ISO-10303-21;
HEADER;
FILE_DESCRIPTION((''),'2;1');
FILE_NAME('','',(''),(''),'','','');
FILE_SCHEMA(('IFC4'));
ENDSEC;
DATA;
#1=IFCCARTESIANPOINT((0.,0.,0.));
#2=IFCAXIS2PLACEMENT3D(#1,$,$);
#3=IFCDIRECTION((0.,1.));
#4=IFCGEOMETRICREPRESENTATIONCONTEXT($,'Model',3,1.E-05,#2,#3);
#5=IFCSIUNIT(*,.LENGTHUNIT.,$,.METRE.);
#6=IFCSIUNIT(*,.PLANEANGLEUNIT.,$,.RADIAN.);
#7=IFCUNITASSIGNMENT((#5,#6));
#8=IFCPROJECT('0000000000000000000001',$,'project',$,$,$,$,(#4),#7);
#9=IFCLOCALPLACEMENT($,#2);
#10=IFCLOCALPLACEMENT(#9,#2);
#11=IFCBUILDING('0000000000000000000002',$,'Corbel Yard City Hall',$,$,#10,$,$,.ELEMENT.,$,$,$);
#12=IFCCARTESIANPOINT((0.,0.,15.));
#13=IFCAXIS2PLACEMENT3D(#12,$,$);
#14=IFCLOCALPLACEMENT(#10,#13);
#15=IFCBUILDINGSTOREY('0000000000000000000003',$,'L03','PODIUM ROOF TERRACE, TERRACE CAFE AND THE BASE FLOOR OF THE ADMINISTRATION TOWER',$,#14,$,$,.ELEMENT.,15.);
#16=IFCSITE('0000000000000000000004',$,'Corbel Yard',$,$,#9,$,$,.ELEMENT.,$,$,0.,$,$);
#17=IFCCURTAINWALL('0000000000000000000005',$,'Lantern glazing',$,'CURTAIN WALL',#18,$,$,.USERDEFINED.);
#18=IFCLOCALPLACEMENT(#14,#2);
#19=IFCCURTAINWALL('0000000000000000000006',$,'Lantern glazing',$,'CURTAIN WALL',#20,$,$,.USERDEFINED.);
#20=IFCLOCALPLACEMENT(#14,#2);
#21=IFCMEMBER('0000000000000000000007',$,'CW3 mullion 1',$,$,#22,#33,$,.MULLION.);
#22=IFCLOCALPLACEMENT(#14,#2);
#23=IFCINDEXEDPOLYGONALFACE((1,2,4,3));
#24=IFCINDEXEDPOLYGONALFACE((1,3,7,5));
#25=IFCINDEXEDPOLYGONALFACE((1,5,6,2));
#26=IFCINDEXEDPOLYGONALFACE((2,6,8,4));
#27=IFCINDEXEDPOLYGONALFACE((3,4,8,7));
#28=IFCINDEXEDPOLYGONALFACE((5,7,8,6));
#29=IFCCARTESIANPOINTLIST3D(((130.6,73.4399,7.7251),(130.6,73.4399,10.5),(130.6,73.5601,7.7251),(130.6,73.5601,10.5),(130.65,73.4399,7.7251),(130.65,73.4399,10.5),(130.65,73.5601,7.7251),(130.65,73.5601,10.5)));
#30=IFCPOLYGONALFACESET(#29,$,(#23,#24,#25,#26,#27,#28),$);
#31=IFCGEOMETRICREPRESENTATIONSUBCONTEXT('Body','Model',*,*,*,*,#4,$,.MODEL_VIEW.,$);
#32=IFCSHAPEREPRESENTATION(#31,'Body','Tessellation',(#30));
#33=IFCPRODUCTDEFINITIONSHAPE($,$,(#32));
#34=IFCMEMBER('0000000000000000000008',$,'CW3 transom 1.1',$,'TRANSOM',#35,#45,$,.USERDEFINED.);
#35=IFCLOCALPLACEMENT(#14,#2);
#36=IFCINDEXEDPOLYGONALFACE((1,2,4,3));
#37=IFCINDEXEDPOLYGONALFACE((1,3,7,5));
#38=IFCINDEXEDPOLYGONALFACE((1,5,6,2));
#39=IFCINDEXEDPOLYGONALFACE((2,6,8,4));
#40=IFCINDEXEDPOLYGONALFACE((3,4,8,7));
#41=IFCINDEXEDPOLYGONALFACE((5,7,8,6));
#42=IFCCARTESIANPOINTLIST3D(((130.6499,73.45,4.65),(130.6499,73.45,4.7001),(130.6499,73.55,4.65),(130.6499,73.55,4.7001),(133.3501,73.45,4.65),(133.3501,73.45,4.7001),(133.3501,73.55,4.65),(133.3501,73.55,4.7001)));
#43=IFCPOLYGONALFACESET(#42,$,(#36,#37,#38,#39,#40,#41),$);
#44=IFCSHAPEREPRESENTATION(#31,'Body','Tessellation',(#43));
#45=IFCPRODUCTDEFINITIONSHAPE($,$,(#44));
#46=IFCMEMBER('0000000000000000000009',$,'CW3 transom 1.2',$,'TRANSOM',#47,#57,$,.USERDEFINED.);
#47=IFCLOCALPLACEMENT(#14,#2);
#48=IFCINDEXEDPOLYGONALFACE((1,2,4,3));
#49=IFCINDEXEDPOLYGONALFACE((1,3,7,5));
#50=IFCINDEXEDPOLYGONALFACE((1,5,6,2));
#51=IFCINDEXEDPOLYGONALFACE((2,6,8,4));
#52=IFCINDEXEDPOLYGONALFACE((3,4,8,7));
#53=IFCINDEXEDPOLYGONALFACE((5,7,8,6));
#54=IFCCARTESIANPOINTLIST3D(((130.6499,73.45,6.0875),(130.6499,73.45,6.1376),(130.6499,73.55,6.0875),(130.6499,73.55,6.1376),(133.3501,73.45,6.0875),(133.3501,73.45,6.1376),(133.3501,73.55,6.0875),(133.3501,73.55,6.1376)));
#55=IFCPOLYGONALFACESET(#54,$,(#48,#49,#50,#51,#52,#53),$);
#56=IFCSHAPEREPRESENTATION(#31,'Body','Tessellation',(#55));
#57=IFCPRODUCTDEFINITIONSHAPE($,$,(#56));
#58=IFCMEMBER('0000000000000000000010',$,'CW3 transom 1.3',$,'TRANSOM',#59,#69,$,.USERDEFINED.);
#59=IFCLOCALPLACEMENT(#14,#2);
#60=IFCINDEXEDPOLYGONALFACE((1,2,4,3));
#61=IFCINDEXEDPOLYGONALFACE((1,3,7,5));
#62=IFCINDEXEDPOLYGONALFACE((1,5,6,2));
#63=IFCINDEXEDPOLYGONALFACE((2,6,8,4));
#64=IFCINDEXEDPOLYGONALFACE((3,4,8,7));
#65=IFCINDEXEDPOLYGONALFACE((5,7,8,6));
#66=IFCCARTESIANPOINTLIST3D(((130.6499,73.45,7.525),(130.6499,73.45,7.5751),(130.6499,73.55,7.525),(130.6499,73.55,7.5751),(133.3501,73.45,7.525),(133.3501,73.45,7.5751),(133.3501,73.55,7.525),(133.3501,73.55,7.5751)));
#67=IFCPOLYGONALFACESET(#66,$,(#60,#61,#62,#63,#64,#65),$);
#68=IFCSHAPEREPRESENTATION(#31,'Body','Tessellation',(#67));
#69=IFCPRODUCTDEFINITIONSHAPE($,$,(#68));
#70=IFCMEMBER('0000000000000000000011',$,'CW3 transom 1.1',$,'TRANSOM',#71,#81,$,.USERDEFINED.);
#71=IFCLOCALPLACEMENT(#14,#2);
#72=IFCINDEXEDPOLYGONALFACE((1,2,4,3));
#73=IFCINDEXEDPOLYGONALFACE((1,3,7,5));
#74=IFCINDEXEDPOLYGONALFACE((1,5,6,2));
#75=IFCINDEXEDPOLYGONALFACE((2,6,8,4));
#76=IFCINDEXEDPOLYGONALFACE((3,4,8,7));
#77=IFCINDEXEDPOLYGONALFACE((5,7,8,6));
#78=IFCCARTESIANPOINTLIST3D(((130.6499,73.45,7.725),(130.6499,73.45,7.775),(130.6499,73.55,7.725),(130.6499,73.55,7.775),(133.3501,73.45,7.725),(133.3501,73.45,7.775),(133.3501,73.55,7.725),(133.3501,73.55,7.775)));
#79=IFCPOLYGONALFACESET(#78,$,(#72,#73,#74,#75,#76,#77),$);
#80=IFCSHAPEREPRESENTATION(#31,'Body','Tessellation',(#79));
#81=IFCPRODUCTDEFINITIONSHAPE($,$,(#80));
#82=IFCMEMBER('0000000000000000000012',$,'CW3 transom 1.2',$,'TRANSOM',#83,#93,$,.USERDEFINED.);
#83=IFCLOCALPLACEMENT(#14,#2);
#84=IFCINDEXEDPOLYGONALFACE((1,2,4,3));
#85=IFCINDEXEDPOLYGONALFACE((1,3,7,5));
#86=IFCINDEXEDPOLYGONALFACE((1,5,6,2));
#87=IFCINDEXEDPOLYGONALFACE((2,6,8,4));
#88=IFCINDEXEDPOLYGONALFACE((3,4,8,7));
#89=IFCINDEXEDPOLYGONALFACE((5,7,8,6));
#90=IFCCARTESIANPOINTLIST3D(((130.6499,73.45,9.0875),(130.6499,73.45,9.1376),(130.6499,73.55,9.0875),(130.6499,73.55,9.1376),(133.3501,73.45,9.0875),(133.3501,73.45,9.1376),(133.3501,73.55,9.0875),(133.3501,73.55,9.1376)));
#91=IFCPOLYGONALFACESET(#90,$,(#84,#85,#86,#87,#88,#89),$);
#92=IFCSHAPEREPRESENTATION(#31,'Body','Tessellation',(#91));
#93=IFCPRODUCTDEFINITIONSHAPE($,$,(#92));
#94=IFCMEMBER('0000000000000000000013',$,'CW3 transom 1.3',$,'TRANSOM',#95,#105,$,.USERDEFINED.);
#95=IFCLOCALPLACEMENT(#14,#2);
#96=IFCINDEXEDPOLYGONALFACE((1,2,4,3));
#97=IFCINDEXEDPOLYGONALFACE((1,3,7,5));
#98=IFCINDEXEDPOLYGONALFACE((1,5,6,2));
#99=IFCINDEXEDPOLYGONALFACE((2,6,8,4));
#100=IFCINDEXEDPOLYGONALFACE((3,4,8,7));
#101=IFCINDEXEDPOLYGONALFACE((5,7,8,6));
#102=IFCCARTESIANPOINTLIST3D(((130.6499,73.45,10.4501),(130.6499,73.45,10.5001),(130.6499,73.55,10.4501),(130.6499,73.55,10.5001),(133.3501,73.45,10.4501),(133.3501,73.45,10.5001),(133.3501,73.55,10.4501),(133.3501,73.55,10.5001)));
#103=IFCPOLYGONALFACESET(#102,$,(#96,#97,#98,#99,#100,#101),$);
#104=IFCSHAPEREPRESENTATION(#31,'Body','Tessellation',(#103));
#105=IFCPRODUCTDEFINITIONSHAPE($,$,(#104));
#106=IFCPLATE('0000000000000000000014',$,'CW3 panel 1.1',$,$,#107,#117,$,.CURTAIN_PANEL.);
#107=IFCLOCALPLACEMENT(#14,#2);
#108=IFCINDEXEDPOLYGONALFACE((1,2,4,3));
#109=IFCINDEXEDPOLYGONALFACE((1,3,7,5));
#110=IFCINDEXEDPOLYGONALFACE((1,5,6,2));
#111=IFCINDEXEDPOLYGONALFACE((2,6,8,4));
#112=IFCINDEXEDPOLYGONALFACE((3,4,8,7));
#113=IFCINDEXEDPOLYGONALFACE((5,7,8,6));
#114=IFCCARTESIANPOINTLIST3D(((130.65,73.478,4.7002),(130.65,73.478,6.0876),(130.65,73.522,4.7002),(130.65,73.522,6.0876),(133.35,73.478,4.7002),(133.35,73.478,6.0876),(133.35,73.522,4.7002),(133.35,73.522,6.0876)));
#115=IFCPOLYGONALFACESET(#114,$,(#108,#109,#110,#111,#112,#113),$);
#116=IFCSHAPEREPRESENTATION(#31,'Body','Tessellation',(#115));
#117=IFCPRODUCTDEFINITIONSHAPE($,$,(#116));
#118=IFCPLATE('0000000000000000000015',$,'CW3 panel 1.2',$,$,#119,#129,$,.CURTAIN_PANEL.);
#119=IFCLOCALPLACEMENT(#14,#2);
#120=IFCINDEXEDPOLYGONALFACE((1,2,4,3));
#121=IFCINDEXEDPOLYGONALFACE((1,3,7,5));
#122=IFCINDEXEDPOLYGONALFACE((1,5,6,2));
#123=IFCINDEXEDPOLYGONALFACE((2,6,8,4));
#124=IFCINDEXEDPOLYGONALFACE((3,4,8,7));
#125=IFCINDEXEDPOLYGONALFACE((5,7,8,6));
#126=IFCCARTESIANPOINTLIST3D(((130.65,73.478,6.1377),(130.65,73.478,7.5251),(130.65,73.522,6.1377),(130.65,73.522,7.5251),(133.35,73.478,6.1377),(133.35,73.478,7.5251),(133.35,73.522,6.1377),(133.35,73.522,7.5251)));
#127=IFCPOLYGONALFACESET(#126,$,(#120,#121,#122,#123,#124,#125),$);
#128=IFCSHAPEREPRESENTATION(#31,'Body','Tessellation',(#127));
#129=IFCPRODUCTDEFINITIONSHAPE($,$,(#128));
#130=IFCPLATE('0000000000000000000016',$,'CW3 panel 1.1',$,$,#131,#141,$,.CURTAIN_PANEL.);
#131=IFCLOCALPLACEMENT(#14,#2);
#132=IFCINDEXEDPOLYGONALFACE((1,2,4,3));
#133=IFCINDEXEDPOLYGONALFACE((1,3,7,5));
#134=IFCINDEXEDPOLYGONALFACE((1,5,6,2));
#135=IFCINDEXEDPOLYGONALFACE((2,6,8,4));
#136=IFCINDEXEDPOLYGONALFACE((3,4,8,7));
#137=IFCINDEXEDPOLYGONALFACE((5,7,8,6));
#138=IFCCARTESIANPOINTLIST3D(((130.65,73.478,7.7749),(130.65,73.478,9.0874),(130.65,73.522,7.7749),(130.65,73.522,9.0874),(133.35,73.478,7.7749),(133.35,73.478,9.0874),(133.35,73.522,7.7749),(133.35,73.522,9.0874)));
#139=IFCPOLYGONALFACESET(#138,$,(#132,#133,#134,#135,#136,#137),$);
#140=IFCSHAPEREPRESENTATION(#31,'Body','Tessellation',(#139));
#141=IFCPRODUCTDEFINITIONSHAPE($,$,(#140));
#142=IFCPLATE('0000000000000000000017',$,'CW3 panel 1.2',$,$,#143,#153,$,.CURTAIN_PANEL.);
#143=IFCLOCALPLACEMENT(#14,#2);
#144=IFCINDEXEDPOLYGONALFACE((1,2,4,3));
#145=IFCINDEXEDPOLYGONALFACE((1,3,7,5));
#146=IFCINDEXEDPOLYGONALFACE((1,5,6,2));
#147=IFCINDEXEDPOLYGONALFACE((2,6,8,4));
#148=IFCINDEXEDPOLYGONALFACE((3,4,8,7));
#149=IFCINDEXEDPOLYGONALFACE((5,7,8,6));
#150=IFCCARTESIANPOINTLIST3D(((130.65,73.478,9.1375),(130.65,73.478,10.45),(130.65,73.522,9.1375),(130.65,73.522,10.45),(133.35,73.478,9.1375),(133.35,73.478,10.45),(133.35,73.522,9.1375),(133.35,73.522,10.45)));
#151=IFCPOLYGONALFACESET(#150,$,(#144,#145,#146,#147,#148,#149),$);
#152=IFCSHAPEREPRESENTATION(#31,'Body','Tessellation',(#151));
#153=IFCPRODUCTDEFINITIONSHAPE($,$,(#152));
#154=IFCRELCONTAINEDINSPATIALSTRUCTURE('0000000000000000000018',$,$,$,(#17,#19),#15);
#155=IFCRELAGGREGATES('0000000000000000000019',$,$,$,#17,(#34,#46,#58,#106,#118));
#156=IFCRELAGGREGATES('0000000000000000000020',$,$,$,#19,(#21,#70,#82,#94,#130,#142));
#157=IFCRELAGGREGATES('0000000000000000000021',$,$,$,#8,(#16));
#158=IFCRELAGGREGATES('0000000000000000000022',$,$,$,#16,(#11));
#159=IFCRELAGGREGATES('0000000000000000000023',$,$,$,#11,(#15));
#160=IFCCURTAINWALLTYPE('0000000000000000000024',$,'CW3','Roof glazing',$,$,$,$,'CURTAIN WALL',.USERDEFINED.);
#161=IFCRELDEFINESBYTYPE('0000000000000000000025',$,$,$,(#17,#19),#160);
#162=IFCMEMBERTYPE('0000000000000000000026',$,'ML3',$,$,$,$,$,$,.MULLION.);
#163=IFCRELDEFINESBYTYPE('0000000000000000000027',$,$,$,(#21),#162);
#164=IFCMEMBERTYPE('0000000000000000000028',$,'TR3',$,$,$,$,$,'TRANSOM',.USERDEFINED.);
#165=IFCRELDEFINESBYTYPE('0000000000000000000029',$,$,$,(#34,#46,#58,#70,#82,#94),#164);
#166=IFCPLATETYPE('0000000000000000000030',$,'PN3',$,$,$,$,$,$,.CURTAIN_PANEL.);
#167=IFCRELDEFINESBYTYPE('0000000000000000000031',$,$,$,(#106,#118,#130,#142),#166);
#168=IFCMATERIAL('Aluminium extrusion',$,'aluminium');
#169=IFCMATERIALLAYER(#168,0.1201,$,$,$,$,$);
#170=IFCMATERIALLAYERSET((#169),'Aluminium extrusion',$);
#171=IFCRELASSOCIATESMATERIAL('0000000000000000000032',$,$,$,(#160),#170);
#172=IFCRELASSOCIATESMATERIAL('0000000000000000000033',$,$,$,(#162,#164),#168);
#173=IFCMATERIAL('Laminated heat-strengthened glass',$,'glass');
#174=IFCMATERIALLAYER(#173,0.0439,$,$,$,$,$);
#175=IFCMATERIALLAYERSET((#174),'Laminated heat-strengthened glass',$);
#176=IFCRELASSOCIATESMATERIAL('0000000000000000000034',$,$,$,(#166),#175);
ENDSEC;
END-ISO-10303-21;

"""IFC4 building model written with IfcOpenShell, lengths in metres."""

from ifc_helpers import new_model, si_unit, direction, frame, origin, origin_2d, place, context, subcontext, project, spatial, rectangle, extrude, material, layer, layer_set, material_profile, profile_set, type_object, element, aggregate, save


model = new_model("IFC4")

# Units and contexts
model_context = context("Model", 3, precision=1e-05, world=origin(), true_north=direction((0.0, 1.0)))
body_context = subcontext(model_context, "Body", "Model", "MODEL_VIEW")
ifc_project = project(units=[si_unit("LENGTHUNIT", "METRE"), si_unit("PLANEANGLEUNIT", "RADIAN")], contexts=[model_context])

# Site, building, storey
site_placement = place(None, origin())
site = spatial("IfcSite", under=ifc_project, at=site_placement, Name="Corbel Yard", CompositionType="ELEMENT", RefElevation=0.0)
building_placement = place(site_placement, origin())
building = spatial("IfcBuilding", under=site, at=building_placement, Name="Corbel Yard City Hall", CompositionType="ELEMENT")
storey_placement = place(building_placement, frame((0.0, 0.0, 15.0)))
storey = spatial("IfcBuildingStorey", under=building, at=storey_placement, Name="L03", Description="PODIUM ROOF TERRACE, TERRACE CAFE AND THE BASE FLOOR OF THE ADMINISTRATION TOWER", CompositionType="ELEMENT", Elevation=15.0)

# Curtain walls, member
ifc_material_1 = material(Name="Aluminium extrusion", Category="aluminium")
ifc_layer_1 = layer(ifc_material_1, 0.1201)
ifc_layer_set_1 = layer_set([ifc_layer_1], Name="Aluminium extrusion")
curtain_wall_type = type_object("IfcCurtainWallType", Name="CW3", Description="Roof glazing", ElementType="CURTAIN WALL", PredefinedType="USERDEFINED", material=ifc_layer_set_1)
ifc_material_profile_1 = material_profile(ifc_material_1, rectangle(XDim=0.1201, YDim=0.05, at=origin_2d()), Name="120x50")
ifc_profile_set_1 = profile_set([ifc_material_profile_1], Name="Aluminium extrusion")
member_type_1 = type_object("IfcMemberType", Name="ML3", PredefinedType="MULLION", material=ifc_profile_set_1)
curtain_wall_1_placement = place(storey_placement, origin())
curtain_wall_1 = element("IfcCurtainWall", 1, at=curtain_wall_1_placement, inside=storey, type_object=curtain_wall_type, Name="Lantern glazing", ObjectType="CURTAIN WALL", PredefinedType="USERDEFINED")
curtain_wall_2_placement = place(storey_placement, origin())
curtain_wall_2 = element("IfcCurtainWall", 2, at=curtain_wall_2_placement, inside=storey, type_object=curtain_wall_type, Name="Lantern glazing", ObjectType="CURTAIN WALL", PredefinedType="USERDEFINED")
member_1_placement = place(storey_placement, frame((130.625, 73.5, 7.7251), z_axis=(0.0, 0.0, 1.0), x_axis=(0.0, 1.0, 0.0)))
member_1 = element("IfcMember", 3, at=member_1_placement, type_object=member_type_1, Name="CW3 mullion 1", PredefinedType="MULLION", context=body_context, shape_type="SweptSolid", body=[
    extrude(rectangle(XDim=0.1201, YDim=0.05, at=origin_2d()), origin(), (0.0, 0.0, 1.0), 2.7749),
])

# Members
ifc_material_profile_2 = material_profile(ifc_material_1, rectangle(XDim=0.1001, YDim=0.05, at=origin_2d()), Name="100x50")
ifc_profile_set_2 = profile_set([ifc_material_profile_2], Name="Aluminium extrusion")
member_type_2 = type_object("IfcMemberType", Name="TR3", ElementType="TRANSOM", PredefinedType="USERDEFINED", material=ifc_profile_set_2)
member_2_placement = place(storey_placement, frame((130.6499, 73.5, 4.675), z_axis=(1.0, 0.0, 0.0), x_axis=(0.0, 1.0, 0.0)))
member_2 = element("IfcMember", 4, at=member_2_placement, type_object=member_type_2, Name="CW3 transom 1.1", ObjectType="TRANSOM", PredefinedType="USERDEFINED", context=body_context, shape_type="SweptSolid", body=[
    extrude(rectangle(XDim=0.1001, YDim=0.05, at=origin_2d()), origin(), (0.0, 0.0, 1.0), 2.7002),
])
member_3_placement = place(storey_placement, frame((130.6499, 73.5, 6.1125), z_axis=(1.0, 0.0, 0.0), x_axis=(0.0, 1.0, 0.0)))
member_3 = element("IfcMember", 5, at=member_3_placement, type_object=member_type_2, Name="CW3 transom 1.2", ObjectType="TRANSOM", PredefinedType="USERDEFINED", context=body_context, shape_type="SweptSolid", body=[
    extrude(rectangle(XDim=0.1001, YDim=0.05, at=origin_2d()), origin(), (0.0, 0.0, 1.0), 2.7002),
])
member_4_placement = place(storey_placement, frame((130.6499, 73.5, 7.55), z_axis=(1.0, 0.0, 0.0), x_axis=(0.0, 1.0, 0.0)))
member_4 = element("IfcMember", 6, at=member_4_placement, type_object=member_type_2, Name="CW3 transom 1.3", ObjectType="TRANSOM", PredefinedType="USERDEFINED", context=body_context, shape_type="SweptSolid", body=[
    extrude(rectangle(XDim=0.1001, YDim=0.05, at=origin_2d()), origin(), (0.0, 0.0, 1.0), 2.7002),
])
member_5_placement = place(storey_placement, frame((130.6499, 73.5, 7.75), z_axis=(1.0, 0.0, 0.0), x_axis=(0.0, 1.0, 0.0)))
member_5 = element("IfcMember", 7, at=member_5_placement, type_object=member_type_2, Name="CW3 transom 1.1", ObjectType="TRANSOM", PredefinedType="USERDEFINED", context=body_context, shape_type="SweptSolid", body=[
    extrude(rectangle(XDim=0.1001, YDim=0.05, at=origin_2d()), origin(), (0.0, 0.0, 1.0), 2.7002),
])
member_6_placement = place(storey_placement, frame((130.6499, 73.5, 9.1125), z_axis=(1.0, 0.0, 0.0), x_axis=(0.0, 1.0, 0.0)))
member_6 = element("IfcMember", 8, at=member_6_placement, type_object=member_type_2, Name="CW3 transom 1.2", ObjectType="TRANSOM", PredefinedType="USERDEFINED", context=body_context, shape_type="SweptSolid", body=[
    extrude(rectangle(XDim=0.1001, YDim=0.05, at=origin_2d()), origin(), (0.0, 0.0, 1.0), 2.7002),
])
member_7_placement = place(storey_placement, frame((130.6499, 73.5, 10.4751), z_axis=(1.0, 0.0, 0.0), x_axis=(0.0, 1.0, 0.0)))
member_7 = element("IfcMember", 9, at=member_7_placement, type_object=member_type_2, Name="CW3 transom 1.3", ObjectType="TRANSOM", PredefinedType="USERDEFINED", context=body_context, shape_type="SweptSolid", body=[
    extrude(rectangle(XDim=0.1001, YDim=0.05, at=origin_2d()), origin(), (0.0, 0.0, 1.0), 2.7002),
])

# Plates
ifc_material_2 = material(Name="Laminated heat-strengthened glass", Category="glass")
ifc_layer_2 = layer(ifc_material_2, 0.0439)
ifc_layer_set_2 = layer_set([ifc_layer_2], Name="Laminated heat-strengthened glass")
plate_type = type_object("IfcPlateType", Name="PN3", PredefinedType="CURTAIN_PANEL", material=ifc_layer_set_2)
plate_1_placement = place(storey_placement, frame((132.0, 73.5, 4.7002), z_axis=(0.0, 0.0, 1.0), x_axis=(1.0, 0.0, 0.0)))
plate_1 = element("IfcPlate", 10, at=plate_1_placement, type_object=plate_type, Name="CW3 panel 1.1", PredefinedType="CURTAIN_PANEL", context=body_context, shape_type="SweptSolid", body=[
    extrude(rectangle(XDim=2.7, YDim=0.0439, at=origin_2d()), origin(), (0.0, 0.0, 1.0), 1.3875),
])
plate_2_placement = place(storey_placement, frame((132.0, 73.5, 6.1377), z_axis=(0.0, 0.0, 1.0), x_axis=(1.0, 0.0, 0.0)))
plate_2 = element("IfcPlate", 11, at=plate_2_placement, type_object=plate_type, Name="CW3 panel 1.2", PredefinedType="CURTAIN_PANEL", context=body_context, shape_type="SweptSolid", body=[
    extrude(rectangle(XDim=2.7, YDim=0.0439, at=origin_2d()), origin(), (0.0, 0.0, 1.0), 1.3875),
])
aggregate(curtain_wall_1, [member_2, member_3, member_4, plate_1, plate_2])
plate_3_placement = place(storey_placement, frame((132.0, 73.5, 7.7749), z_axis=(0.0, 0.0, 1.0), x_axis=(1.0, 0.0, 0.0)))
plate_3 = element("IfcPlate", 12, at=plate_3_placement, type_object=plate_type, Name="CW3 panel 1.1", PredefinedType="CURTAIN_PANEL", context=body_context, shape_type="SweptSolid", body=[
    extrude(rectangle(XDim=2.7, YDim=0.0439, at=origin_2d()), origin(), (0.0, 0.0, 1.0), 1.3125),
])
plate_4_placement = place(storey_placement, frame((132.0, 73.5, 9.1375), z_axis=(0.0, 0.0, 1.0), x_axis=(1.0, 0.0, 0.0)))
plate_4 = element("IfcPlate", 13, at=plate_4_placement, type_object=plate_type, Name="CW3 panel 1.2", PredefinedType="CURTAIN_PANEL", context=body_context, shape_type="SweptSolid", body=[
    extrude(rectangle(XDim=2.7, YDim=0.0439, at=origin_2d()), origin(), (0.0, 0.0, 1.0), 1.3125),
])
aggregate(curtain_wall_2, [member_1, member_5, member_6, member_7, plate_3, plate_4])

save(model, "model.ifc")
